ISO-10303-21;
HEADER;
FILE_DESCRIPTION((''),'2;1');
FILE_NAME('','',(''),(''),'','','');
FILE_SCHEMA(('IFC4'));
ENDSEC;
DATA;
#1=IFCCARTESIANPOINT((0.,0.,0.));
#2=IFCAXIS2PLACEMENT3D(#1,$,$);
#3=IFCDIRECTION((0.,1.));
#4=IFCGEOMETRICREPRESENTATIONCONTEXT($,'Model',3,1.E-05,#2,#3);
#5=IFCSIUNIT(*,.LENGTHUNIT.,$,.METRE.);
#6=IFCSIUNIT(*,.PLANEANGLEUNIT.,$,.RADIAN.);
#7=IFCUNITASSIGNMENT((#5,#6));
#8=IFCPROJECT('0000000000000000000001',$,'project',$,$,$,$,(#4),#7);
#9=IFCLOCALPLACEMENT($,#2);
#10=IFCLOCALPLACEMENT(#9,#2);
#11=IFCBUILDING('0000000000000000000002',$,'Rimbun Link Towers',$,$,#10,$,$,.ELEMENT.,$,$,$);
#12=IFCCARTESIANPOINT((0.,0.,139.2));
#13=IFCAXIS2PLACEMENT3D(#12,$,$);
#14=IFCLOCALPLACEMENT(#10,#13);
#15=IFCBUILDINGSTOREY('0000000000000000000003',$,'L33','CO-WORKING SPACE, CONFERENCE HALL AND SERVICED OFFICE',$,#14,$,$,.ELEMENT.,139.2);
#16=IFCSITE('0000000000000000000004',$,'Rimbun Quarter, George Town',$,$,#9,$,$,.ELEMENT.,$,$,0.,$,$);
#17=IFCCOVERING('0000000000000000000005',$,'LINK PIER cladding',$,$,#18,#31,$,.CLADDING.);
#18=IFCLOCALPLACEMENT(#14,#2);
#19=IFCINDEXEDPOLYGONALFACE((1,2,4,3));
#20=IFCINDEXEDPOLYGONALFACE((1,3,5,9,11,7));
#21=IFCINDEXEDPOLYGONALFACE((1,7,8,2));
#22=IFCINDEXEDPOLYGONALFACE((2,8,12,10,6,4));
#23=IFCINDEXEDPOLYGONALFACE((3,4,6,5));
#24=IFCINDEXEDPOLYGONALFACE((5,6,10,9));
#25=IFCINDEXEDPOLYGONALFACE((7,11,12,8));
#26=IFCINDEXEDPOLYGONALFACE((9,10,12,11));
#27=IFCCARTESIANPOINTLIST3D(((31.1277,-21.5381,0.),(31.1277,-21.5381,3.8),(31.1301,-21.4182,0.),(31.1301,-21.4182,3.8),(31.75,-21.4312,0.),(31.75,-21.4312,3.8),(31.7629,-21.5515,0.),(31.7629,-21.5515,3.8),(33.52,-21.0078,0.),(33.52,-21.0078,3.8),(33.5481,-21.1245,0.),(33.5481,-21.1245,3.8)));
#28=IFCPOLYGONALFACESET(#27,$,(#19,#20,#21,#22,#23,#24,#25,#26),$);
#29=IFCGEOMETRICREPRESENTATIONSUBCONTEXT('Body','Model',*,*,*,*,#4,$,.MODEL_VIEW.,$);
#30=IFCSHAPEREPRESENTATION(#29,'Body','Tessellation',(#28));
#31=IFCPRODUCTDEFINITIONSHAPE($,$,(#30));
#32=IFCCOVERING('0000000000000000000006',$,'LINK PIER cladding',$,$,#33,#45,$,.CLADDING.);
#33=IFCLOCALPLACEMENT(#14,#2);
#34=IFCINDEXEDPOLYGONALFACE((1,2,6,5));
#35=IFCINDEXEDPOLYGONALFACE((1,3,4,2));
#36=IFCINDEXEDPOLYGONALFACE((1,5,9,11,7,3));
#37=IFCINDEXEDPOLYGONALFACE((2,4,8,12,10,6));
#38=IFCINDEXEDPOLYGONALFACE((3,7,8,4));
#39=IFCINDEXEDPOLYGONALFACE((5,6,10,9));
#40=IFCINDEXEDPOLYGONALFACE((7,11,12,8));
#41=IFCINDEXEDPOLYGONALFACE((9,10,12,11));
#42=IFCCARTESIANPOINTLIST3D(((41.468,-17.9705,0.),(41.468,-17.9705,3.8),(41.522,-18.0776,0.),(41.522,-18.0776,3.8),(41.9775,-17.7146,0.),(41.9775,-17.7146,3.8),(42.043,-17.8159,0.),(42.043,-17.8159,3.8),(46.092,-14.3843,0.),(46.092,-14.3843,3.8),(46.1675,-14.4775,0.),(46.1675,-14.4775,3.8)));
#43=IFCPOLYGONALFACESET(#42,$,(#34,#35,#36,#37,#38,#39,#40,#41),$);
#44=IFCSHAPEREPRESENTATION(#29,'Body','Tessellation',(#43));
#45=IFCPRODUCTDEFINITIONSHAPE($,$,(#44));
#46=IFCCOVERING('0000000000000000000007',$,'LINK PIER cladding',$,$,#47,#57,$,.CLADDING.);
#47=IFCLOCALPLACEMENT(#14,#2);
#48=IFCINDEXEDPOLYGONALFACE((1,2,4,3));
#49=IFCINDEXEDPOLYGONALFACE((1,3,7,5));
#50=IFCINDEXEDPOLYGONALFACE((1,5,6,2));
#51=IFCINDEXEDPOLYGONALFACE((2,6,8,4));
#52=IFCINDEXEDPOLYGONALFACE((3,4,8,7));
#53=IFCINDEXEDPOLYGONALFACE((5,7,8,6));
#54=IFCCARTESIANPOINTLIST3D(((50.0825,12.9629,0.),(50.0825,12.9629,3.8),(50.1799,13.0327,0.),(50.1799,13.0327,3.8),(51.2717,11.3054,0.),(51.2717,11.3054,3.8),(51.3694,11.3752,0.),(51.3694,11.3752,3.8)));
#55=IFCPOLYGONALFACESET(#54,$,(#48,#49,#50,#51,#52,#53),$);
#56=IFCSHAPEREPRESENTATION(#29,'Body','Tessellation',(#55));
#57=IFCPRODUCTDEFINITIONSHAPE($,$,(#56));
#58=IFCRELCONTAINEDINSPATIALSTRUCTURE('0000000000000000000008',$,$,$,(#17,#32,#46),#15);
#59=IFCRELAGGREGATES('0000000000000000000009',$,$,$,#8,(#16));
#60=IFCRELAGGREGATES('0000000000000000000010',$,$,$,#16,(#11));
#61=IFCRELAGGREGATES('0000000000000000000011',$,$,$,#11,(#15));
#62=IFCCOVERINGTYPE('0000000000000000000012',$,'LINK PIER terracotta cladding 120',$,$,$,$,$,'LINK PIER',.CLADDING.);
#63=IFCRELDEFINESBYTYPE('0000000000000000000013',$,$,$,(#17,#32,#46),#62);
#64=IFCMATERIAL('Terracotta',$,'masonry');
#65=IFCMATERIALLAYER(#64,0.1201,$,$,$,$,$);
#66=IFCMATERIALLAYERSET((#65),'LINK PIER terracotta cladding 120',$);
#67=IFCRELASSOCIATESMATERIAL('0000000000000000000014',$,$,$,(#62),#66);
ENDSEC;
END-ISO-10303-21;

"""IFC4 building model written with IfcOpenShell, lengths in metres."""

from ifc_helpers import new_model, si_unit, direction, frame, origin, place, context, subcontext, project, spatial, polyline, outline, extrude, material, layer, layer_set, type_object, element, save


model = new_model("IFC4")

# Units and contexts
model_context = context("Model", 3, precision=1e-05, world=origin(), true_north=direction((0.0, 1.0)))
body_context = subcontext(model_context, "Body", "Model", "MODEL_VIEW")
ifc_project = project(units=[si_unit("LENGTHUNIT", "METRE"), si_unit("PLANEANGLEUNIT", "RADIAN")], contexts=[model_context])

# Site, building, storey
site_placement = place(None, origin())
site = spatial("IfcSite", under=ifc_project, at=site_placement, Name="Rimbun Quarter, George Town", CompositionType="ELEMENT", RefElevation=0.0)
building_placement = place(site_placement, origin())
building = spatial("IfcBuilding", under=site, at=building_placement, Name="Rimbun Link Towers", CompositionType="ELEMENT")
storey_placement = place(building_placement, frame((0.0, 0.0, 139.2)))
storey = spatial("IfcBuildingStorey", under=building, at=storey_placement, Name="L33", Description="CO-WORKING SPACE, CONFERENCE HALL AND SERVICED OFFICE", CompositionType="ELEMENT", Elevation=139.2)

# Coverings
ifc_material_1 = material(Name="Terracotta", Category="masonry")
ifc_layer_1 = layer(ifc_material_1, 0.1201)
ifc_layer_set_1 = layer_set([ifc_layer_1], Name="LINK PIER terracotta cladding 120")
covering_type = type_object("IfcCoveringType", Name="LINK PIER terracotta cladding 120", ElementType="LINK PIER", PredefinedType="CLADDING", material=ifc_layer_set_1)
covering_1_placement = place(storey_placement, origin())
element("IfcCovering", 1, at=covering_1_placement, inside=storey, type_object=covering_type, Name="LINK PIER cladding", PredefinedType="CLADDING", context=body_context, shape_type="SweptSolid", body=[
    extrude(outline(polyline([(33.52, -21.0078), (31.75, -21.4312), (31.1301, -21.4182), (31.1277, -21.5381), (31.7629, -21.5515), (33.5481, -21.1245), (33.52, -21.0078)])), origin(), (0.0, 0.0, 1.0), 3.8),
])
covering_2_placement = place(storey_placement, origin())
element("IfcCovering", 2, at=covering_2_placement, inside=storey, type_object=covering_type, Name="LINK PIER cladding", PredefinedType="CLADDING", context=body_context, shape_type="SweptSolid", body=[
    extrude(outline(polyline([(46.092, -14.3843), (41.9775, -17.7146), (41.468, -17.9705), (41.522, -18.0776), (42.043, -17.8159), (46.1675, -14.4775), (46.092, -14.3843)])), origin(), (0.0, 0.0, 1.0), 3.8),
])
covering_3_placement = place(storey_placement, origin())
element("IfcCovering", 3, at=covering_3_placement, inside=storey, type_object=covering_type, Name="LINK PIER cladding", PredefinedType="CLADDING", context=body_context, shape_type="SweptSolid", body=[
    extrude(outline(polyline([(50.0825, 12.9629), (51.2717, 11.3054), (51.3694, 11.3752), (50.1799, 13.0327), (50.0825, 12.9629)])), origin(), (0.0, 0.0, 1.0), 3.8),
])

save(model, "model.ifc")
